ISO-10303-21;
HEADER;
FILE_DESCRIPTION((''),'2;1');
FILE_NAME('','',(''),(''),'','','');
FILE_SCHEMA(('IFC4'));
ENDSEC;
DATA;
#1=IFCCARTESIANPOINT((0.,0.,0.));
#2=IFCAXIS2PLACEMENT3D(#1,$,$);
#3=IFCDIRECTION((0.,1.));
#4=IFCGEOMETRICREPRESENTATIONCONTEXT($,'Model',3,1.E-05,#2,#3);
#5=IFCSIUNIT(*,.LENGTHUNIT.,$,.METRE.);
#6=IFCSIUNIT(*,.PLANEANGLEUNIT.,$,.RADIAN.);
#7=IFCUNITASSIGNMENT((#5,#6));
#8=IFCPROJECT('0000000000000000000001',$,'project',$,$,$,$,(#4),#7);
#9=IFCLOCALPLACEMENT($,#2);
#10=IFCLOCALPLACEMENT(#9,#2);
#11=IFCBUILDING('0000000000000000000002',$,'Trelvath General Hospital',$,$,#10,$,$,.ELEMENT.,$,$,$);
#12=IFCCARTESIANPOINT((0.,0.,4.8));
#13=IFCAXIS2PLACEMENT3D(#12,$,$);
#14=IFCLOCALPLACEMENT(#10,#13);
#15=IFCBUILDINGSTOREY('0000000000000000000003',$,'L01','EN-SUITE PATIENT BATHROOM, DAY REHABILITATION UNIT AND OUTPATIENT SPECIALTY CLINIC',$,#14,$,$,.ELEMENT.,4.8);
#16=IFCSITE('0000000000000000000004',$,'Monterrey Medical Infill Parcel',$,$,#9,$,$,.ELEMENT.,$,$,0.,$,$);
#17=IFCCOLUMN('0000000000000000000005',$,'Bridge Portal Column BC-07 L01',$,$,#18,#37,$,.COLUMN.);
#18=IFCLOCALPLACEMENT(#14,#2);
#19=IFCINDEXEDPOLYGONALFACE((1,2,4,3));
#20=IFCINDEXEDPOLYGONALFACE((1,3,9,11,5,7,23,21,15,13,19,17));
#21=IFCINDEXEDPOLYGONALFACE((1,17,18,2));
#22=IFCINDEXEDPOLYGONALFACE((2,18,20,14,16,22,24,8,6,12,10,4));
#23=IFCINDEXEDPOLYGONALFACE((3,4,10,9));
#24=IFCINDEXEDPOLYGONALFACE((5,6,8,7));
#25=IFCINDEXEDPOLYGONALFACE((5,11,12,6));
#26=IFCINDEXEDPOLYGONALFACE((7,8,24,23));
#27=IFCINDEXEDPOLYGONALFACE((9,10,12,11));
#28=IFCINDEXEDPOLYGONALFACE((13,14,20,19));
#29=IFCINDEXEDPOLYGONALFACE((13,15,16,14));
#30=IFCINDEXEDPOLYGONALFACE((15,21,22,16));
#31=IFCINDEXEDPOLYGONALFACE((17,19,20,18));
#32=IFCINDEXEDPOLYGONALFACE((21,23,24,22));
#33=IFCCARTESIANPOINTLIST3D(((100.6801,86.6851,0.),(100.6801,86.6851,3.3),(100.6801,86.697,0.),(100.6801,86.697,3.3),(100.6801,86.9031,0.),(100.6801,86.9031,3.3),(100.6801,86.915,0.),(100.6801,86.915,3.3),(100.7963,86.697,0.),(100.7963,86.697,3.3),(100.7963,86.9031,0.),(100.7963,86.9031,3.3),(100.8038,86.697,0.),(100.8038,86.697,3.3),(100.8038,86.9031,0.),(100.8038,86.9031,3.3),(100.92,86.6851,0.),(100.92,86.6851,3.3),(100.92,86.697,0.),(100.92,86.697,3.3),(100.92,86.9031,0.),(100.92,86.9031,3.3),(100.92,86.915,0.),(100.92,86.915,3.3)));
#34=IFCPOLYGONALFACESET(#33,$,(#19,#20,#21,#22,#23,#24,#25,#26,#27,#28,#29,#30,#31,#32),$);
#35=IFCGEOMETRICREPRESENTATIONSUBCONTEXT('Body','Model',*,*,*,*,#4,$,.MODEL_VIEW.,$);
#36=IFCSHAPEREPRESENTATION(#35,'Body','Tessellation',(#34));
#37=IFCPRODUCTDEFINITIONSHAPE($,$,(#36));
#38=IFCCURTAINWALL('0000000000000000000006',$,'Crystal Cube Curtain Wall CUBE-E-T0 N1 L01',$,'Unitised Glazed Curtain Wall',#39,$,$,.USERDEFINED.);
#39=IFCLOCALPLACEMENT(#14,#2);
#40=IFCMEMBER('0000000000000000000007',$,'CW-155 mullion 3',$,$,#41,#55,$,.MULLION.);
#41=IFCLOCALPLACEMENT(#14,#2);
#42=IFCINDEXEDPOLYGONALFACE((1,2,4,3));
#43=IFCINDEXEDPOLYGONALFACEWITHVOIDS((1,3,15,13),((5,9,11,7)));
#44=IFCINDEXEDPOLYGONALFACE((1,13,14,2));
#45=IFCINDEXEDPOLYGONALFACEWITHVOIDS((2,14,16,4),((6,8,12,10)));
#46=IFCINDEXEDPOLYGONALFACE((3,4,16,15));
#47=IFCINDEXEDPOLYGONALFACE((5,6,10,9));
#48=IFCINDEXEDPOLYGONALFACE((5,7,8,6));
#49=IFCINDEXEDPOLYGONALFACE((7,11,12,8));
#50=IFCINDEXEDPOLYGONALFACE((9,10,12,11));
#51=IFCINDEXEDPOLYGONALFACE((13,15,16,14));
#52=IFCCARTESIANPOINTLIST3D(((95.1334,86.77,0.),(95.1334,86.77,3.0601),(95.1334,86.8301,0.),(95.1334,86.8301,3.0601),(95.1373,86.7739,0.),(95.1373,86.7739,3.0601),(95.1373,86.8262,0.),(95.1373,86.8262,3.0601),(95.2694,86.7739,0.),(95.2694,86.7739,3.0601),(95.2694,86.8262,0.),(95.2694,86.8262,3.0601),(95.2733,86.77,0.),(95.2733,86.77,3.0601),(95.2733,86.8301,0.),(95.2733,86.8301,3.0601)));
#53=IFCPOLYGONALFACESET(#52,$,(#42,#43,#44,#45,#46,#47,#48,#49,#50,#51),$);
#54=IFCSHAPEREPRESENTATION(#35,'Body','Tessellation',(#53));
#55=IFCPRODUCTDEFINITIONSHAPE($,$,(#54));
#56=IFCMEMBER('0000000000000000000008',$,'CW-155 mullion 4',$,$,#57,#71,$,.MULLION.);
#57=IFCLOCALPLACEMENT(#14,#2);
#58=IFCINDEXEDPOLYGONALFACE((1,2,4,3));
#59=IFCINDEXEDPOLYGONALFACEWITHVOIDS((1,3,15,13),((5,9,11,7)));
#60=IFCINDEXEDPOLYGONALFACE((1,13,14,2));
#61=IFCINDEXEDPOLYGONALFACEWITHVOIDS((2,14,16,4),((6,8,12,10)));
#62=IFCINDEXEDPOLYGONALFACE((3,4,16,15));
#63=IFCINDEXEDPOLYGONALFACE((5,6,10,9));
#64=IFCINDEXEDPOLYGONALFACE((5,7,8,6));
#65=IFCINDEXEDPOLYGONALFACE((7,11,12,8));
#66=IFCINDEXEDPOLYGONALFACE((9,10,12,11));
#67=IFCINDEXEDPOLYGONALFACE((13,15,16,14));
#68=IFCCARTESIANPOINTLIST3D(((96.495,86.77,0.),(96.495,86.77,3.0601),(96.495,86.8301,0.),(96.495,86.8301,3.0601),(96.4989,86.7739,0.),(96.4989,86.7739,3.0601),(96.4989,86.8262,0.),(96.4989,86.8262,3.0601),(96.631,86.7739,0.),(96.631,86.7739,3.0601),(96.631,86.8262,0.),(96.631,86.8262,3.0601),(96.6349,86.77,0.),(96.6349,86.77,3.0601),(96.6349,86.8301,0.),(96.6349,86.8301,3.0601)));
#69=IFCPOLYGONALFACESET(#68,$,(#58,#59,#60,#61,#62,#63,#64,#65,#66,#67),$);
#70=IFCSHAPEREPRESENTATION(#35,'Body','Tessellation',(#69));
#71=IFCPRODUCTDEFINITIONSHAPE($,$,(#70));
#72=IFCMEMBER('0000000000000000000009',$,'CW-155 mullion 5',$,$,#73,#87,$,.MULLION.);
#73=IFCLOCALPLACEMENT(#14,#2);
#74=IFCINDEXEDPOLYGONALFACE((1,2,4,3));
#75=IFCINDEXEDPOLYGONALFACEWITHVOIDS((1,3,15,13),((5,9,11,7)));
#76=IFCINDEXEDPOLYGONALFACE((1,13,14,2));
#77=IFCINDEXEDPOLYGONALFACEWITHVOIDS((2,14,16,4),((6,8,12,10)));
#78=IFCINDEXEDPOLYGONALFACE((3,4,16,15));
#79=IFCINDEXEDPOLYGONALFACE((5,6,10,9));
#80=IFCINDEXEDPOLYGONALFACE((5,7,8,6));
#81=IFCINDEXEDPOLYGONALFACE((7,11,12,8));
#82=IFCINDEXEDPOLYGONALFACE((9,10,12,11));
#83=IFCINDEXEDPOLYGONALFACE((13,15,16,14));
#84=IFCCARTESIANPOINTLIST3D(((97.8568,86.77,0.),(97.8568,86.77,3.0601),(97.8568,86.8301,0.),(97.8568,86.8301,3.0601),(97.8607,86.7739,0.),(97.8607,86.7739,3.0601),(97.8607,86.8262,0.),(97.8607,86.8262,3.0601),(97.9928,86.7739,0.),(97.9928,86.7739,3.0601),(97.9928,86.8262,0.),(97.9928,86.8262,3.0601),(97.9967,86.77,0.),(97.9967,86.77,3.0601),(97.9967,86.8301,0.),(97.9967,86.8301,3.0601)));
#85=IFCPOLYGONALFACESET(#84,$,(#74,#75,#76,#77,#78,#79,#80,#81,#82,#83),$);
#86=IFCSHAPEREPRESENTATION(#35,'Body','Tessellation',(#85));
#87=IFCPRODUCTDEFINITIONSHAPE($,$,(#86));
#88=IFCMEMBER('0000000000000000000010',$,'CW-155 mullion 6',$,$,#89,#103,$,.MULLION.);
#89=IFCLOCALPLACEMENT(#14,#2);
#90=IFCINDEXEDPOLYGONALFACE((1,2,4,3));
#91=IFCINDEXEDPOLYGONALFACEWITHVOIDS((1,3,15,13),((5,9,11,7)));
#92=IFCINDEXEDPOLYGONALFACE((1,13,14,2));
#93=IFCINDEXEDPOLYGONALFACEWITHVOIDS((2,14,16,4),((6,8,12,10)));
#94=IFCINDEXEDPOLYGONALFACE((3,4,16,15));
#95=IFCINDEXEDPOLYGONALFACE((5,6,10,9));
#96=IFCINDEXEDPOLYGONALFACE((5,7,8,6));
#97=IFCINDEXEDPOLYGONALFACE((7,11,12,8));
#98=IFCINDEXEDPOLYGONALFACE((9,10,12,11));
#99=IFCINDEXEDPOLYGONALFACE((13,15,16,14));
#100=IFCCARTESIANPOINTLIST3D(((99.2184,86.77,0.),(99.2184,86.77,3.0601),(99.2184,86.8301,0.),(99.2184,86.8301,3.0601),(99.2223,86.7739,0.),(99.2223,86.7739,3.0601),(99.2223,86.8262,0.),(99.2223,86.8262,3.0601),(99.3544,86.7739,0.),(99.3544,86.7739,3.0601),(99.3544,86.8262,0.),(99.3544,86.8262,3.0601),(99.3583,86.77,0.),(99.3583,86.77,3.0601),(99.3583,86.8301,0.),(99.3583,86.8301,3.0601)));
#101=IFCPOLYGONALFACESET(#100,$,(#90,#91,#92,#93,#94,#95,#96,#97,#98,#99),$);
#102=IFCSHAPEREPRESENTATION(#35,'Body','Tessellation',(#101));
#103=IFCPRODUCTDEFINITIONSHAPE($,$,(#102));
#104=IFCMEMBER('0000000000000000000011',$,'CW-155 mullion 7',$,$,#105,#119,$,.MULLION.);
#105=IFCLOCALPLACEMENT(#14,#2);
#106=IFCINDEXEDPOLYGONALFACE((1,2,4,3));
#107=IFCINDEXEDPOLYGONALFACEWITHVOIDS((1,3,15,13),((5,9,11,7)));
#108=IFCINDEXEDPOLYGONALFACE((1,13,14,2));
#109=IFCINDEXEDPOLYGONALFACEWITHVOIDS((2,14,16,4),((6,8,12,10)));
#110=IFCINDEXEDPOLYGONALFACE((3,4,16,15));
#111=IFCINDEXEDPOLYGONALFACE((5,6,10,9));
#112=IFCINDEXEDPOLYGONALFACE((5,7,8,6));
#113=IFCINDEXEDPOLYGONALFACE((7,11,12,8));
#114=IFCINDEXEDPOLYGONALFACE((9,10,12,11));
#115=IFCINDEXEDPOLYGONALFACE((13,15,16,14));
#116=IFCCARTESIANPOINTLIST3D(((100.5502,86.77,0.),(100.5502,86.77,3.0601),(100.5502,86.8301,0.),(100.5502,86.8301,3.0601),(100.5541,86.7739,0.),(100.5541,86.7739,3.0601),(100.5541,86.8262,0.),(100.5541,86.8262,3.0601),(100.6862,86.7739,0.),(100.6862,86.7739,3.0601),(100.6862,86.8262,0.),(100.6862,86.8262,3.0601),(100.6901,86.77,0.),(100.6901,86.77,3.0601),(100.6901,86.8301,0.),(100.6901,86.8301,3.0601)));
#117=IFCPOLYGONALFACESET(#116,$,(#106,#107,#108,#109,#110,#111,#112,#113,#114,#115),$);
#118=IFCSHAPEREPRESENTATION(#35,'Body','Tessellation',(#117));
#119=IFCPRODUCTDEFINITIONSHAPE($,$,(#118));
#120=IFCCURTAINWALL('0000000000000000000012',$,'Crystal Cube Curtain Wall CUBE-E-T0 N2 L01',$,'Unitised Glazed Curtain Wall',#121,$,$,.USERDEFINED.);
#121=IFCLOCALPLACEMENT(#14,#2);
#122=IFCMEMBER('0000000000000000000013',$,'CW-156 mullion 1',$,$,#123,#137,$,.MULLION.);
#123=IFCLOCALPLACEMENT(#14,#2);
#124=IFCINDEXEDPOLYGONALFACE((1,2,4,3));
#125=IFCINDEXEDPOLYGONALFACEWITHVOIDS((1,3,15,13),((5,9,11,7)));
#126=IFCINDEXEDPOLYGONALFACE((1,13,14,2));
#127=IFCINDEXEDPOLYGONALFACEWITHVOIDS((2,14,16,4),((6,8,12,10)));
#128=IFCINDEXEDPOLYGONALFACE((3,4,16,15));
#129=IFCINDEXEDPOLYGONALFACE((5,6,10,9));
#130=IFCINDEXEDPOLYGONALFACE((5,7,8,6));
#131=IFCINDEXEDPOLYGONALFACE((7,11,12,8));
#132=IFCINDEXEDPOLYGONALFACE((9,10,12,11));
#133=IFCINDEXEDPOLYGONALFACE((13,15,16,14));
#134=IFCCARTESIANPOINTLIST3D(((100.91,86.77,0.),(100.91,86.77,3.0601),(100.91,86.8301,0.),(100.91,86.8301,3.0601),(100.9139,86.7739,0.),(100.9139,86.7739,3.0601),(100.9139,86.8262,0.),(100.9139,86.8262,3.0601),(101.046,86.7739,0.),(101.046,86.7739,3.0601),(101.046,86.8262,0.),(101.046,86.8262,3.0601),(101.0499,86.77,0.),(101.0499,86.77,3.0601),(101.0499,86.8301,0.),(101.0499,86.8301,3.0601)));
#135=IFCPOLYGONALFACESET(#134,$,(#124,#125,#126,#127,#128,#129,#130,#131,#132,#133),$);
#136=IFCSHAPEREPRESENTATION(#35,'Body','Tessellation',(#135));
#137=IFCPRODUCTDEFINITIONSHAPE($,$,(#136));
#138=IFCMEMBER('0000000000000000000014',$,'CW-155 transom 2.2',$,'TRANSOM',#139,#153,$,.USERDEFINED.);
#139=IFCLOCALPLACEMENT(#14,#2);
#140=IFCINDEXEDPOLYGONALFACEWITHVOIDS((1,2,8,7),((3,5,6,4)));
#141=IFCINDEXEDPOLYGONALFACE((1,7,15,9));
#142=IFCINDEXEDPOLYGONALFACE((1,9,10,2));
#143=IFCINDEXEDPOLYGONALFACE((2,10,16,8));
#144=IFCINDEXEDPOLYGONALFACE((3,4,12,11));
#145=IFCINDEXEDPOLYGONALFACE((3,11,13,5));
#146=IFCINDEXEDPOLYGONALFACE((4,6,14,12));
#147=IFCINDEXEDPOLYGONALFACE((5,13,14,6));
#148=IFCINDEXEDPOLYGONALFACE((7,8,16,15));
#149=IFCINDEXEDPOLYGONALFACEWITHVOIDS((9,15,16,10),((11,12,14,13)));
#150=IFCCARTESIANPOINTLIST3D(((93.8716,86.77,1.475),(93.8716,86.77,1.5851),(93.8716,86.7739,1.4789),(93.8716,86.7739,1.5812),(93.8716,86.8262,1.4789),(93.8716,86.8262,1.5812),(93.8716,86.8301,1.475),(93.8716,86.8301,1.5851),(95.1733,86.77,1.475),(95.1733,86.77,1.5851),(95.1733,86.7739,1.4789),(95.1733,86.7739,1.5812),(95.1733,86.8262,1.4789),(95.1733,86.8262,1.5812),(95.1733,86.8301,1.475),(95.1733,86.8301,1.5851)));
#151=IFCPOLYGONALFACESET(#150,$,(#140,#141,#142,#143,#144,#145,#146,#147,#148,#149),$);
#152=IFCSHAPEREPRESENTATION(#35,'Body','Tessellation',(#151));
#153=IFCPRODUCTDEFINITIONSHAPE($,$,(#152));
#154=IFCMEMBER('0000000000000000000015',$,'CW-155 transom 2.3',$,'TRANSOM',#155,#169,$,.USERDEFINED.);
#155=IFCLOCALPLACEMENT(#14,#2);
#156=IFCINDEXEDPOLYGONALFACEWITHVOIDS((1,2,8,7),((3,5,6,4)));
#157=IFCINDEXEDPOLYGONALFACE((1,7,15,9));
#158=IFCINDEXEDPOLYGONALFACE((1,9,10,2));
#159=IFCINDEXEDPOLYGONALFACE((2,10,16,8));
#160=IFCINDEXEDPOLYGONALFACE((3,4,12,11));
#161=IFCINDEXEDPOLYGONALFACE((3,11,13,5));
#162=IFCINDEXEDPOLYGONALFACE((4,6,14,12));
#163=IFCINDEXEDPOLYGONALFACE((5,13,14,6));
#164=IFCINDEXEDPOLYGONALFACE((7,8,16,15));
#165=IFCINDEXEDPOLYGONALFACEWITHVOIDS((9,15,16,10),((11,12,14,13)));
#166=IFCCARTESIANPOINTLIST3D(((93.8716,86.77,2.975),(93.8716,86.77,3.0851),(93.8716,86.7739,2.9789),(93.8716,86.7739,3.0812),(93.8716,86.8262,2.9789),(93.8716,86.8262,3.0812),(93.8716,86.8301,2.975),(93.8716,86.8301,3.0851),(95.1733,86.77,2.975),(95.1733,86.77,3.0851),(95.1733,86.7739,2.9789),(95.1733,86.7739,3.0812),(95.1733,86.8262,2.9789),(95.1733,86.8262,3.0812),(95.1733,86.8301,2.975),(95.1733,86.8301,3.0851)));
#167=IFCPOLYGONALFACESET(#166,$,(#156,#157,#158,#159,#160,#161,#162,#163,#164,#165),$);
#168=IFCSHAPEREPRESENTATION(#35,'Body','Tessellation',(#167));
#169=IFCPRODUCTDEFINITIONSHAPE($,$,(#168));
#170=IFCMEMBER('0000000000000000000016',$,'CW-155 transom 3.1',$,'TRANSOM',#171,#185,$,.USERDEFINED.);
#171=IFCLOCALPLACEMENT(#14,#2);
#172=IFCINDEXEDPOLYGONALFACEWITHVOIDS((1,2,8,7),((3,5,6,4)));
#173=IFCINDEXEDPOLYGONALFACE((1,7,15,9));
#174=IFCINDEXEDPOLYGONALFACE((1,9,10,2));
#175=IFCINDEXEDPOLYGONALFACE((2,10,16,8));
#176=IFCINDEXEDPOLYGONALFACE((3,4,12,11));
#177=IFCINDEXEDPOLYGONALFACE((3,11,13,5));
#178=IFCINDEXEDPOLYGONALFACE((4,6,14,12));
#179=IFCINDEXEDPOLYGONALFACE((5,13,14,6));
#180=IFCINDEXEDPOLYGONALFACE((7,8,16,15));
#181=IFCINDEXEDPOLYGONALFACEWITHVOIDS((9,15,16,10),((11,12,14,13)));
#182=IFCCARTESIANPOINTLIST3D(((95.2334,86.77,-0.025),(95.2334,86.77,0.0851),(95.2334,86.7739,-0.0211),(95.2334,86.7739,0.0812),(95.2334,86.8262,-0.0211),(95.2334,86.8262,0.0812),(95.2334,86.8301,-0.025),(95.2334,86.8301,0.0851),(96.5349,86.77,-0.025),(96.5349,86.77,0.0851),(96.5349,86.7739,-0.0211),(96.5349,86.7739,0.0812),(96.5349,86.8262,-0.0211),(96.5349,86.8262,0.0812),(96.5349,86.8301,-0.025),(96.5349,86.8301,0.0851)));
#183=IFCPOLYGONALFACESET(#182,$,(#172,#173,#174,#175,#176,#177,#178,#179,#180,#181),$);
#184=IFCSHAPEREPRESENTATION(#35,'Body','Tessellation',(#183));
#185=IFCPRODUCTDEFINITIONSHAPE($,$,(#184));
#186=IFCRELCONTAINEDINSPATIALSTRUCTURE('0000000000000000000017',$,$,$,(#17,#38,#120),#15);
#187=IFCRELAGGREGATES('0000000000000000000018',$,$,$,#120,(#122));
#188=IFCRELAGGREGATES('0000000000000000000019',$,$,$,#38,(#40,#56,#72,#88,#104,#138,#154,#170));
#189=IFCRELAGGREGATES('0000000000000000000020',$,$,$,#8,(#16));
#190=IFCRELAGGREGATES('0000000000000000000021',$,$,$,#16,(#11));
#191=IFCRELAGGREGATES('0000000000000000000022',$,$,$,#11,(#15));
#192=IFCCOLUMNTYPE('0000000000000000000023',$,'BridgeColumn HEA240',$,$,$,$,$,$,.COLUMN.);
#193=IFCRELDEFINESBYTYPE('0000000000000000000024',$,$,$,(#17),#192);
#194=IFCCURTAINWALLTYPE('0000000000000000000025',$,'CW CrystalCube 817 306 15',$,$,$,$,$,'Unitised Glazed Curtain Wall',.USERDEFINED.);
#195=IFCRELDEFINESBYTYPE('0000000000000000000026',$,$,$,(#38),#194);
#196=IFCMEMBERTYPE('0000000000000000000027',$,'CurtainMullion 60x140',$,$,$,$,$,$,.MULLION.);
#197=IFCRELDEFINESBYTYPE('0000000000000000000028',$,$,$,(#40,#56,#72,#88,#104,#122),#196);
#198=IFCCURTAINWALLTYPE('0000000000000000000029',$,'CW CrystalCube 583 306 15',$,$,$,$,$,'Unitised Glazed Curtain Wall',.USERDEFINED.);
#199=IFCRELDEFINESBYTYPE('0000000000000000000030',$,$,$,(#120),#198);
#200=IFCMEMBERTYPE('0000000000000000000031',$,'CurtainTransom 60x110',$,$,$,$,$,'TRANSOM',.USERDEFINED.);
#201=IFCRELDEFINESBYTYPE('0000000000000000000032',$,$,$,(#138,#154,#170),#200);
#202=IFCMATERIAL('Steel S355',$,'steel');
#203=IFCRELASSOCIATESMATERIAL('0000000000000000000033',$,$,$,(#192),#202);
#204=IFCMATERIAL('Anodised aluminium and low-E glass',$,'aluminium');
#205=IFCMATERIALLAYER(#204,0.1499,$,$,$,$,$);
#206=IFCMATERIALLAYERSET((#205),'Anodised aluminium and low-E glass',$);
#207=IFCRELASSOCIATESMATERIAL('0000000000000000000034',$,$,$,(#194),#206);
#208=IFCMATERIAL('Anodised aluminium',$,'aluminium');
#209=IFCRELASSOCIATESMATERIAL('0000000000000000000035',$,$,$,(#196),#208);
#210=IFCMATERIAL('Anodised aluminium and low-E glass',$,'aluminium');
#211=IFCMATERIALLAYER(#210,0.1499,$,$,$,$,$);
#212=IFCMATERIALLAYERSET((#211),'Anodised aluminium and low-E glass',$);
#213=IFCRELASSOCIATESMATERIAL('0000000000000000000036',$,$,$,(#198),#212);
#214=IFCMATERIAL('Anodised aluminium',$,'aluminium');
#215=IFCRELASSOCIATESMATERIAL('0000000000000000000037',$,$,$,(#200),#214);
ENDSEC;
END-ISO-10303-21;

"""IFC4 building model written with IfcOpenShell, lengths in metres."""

from ifc_helpers import new_model, si_unit, direction, frame, origin, origin_2d, place, context, subcontext, project, spatial, hollow_rectangle, i_section, extrude, material, layer, layer_set, material_profile, profile_set, type_object, element, aggregate, save


model = new_model("IFC4")

# Units and contexts
model_context = context("Model", 3, precision=1e-05, world=origin(), true_north=direction((0.0, 1.0)))
body_context = subcontext(model_context, "Body", "Model", "MODEL_VIEW")
ifc_project = project(units=[si_unit("LENGTHUNIT", "METRE"), si_unit("PLANEANGLEUNIT", "RADIAN")], contexts=[model_context])

# Site, building, storey
site_placement = place(None, origin())
site = spatial("IfcSite", under=ifc_project, at=site_placement, Name="Monterrey Medical Infill Parcel", CompositionType="ELEMENT", RefElevation=0.0)
building_placement = place(site_placement, origin())
building = spatial("IfcBuilding", under=site, at=building_placement, Name="Trelvath General Hospital", CompositionType="ELEMENT")
storey_placement = place(building_placement, frame((0.0, 0.0, 4.8)))
storey = spatial("IfcBuildingStorey", under=building, at=storey_placement, Name="L01", Description="EN-SUITE PATIENT BATHROOM, DAY REHABILITATION UNIT AND OUTPATIENT SPECIALTY CLINIC", CompositionType="ELEMENT", Elevation=4.8)

# Column
ifc_material_1 = material(Name="Steel S355", Category="steel")
ifc_material_profile_1 = material_profile(ifc_material_1, i_section(OverallWidth=0.24, OverallDepth=0.23, WebThickness=0.0076, FlangeThickness=0.012, at=origin_2d()), Name="HEA240")
ifc_profile_set_1 = profile_set([ifc_material_profile_1], Name="Steel S355")
column_type = type_object("IfcColumnType", Name="BridgeColumn HEA240", PredefinedType="COLUMN", material=ifc_profile_set_1)
column_placement = place(storey_placement, frame((100.8, 86.8, 0.0), z_axis=(0.0, 0.0, 1.0), x_axis=(1.0, 0.0, 0.0)))
element("IfcColumn", 1, at=column_placement, inside=storey, type_object=column_type, Name="Bridge Portal Column BC-07 L01", PredefinedType="COLUMN", context=body_context, shape_type="SweptSolid", body=[
    extrude(i_section(OverallWidth=0.24, OverallDepth=0.23, WebThickness=0.0076, FlangeThickness=0.012, at=origin_2d()), origin(), (0.0, 0.0, 1.0), 3.3),
])

# Curtain wall, members
ifc_material_2 = material(Name="Anodised aluminium and low-E glass", Category="aluminium")
ifc_layer_1 = layer(ifc_material_2, 0.1499)
ifc_layer_set_1 = layer_set([ifc_layer_1], Name="Anodised aluminium and low-E glass")
curtain_wall_type_1 = type_object("IfcCurtainWallType", Name="CW CrystalCube 817 306 15", ElementType="Unitised Glazed Curtain Wall", PredefinedType="USERDEFINED", material=ifc_layer_set_1)
curtain_wall_1_placement = place(storey_placement, origin())
curtain_wall_1 = element("IfcCurtainWall", 2, at=curtain_wall_1_placement, inside=storey, type_object=curtain_wall_type_1, Name="Crystal Cube Curtain Wall CUBE-E-T0 N1 L01", ObjectType="Unitised Glazed Curtain Wall", PredefinedType="USERDEFINED")
ifc_material_3 = material(Name="Anodised aluminium", Category="aluminium")
ifc_material_profile_2 = material_profile(ifc_material_3, hollow_rectangle(XDim=0.0601, YDim=0.1399, WallThickness=0.0039, at=origin_2d()), Name="RHS60x140x4")
ifc_profile_set_2 = profile_set([ifc_material_profile_2], Name="Anodised aluminium")
member_type_1 = type_object("IfcMemberType", Name="CurtainMullion 60x140", PredefinedType="MULLION", material=ifc_profile_set_2)
member_1_placement = place(storey_placement, frame((95.2034, 86.8, 0.0), z_axis=(0.0, 0.0, 1.0), x_axis=(0.0, 1.0, 0.0)))
member_1 = element("IfcMember", 3, at=member_1_placement, type_object=member_type_1, Name="CW-155 mullion 3", PredefinedType="MULLION", context=body_context, shape_type="SweptSolid", body=[
    extrude(hollow_rectangle(XDim=0.0601, YDim=0.1399, WallThickness=0.0039, at=origin_2d()), origin(), (0.0, 0.0, 1.0), 3.0601),
])
member_2_placement = place(storey_placement, frame((96.5649, 86.8, 0.0), z_axis=(0.0, 0.0, 1.0), x_axis=(0.0, 1.0, 0.0)))
member_2 = element("IfcMember", 4, at=member_2_placement, type_object=member_type_1, Name="CW-155 mullion 4", PredefinedType="MULLION", context=body_context, shape_type="SweptSolid", body=[
    extrude(hollow_rectangle(XDim=0.0601, YDim=0.1399, WallThickness=0.0039, at=origin_2d()), origin(), (0.0, 0.0, 1.0), 3.0601),
])
member_3_placement = place(storey_placement, frame((97.9268, 86.8, 0.0), z_axis=(0.0, 0.0, 1.0), x_axis=(0.0, 1.0, 0.0)))
member_3 = element("IfcMember", 5, at=member_3_placement, type_object=member_type_1, Name="CW-155 mullion 5", PredefinedType="MULLION", context=body_context, shape_type="SweptSolid", body=[
    extrude(hollow_rectangle(XDim=0.0601, YDim=0.1399, WallThickness=0.0039, at=origin_2d()), origin(), (0.0, 0.0, 1.0), 3.0601),
])
member_4_placement = place(storey_placement, frame((99.2883, 86.8, 0.0), z_axis=(0.0, 0.0, 1.0), x_axis=(0.0, 1.0, 0.0)))
member_4 = element("IfcMember", 6, at=member_4_placement, type_object=member_type_1, Name="CW-155 mullion 6", PredefinedType="MULLION", context=body_context, shape_type="SweptSolid", body=[
    extrude(hollow_rectangle(XDim=0.0601, YDim=0.1399, WallThickness=0.0039, at=origin_2d()), origin(), (0.0, 0.0, 1.0), 3.0601),
])
member_5_placement = place(storey_placement, frame((100.6201, 86.8, 0.0), z_axis=(0.0, 0.0, 1.0), x_axis=(0.0, 1.0, 0.0)))
member_5 = element("IfcMember", 7, at=member_5_placement, type_object=member_type_1, Name="CW-155 mullion 7", PredefinedType="MULLION", context=body_context, shape_type="SweptSolid", body=[
    extrude(hollow_rectangle(XDim=0.0601, YDim=0.1399, WallThickness=0.0039, at=origin_2d()), origin(), (0.0, 0.0, 1.0), 3.0601),
])

# Curtain wall, member
ifc_material_4 = material(Name="Anodised aluminium and low-E glass", Category="aluminium")
ifc_layer_2 = layer(ifc_material_4, 0.1499)
ifc_layer_set_2 = layer_set([ifc_layer_2], Name="Anodised aluminium and low-E glass")
curtain_wall_type_2 = type_object("IfcCurtainWallType", Name="CW CrystalCube 583 306 15", ElementType="Unitised Glazed Curtain Wall", PredefinedType="USERDEFINED", material=ifc_layer_set_2)
curtain_wall_2_placement = place(storey_placement, origin())
curtain_wall_2 = element("IfcCurtainWall", 8, at=curtain_wall_2_placement, inside=storey, type_object=curtain_wall_type_2, Name="Crystal Cube Curtain Wall CUBE-E-T0 N2 L01", ObjectType="Unitised Glazed Curtain Wall", PredefinedType="USERDEFINED")
member_6_placement = place(storey_placement, frame((100.98, 86.8, 0.0), z_axis=(0.0, 0.0, 1.0), x_axis=(0.0, 1.0, 0.0)))
member_6 = element("IfcMember", 9, at=member_6_placement, type_object=member_type_1, Name="CW-156 mullion 1", PredefinedType="MULLION", context=body_context, shape_type="SweptSolid", body=[
    extrude(hollow_rectangle(XDim=0.0601, YDim=0.1399, WallThickness=0.0039, at=origin_2d()), origin(), (0.0, 0.0, 1.0), 3.0601),
])

# Members
ifc_material_5 = material(Name="Anodised aluminium", Category="aluminium")
ifc_material_profile_3 = material_profile(ifc_material_5, hollow_rectangle(XDim=0.0601, YDim=0.1101, WallThickness=0.0039, at=origin_2d()), Name="RHS60x110x4")
ifc_profile_set_3 = profile_set([ifc_material_profile_3], Name="Anodised aluminium")
member_type_2 = type_object("IfcMemberType", Name="CurtainTransom 60x110", ElementType="TRANSOM", PredefinedType="USERDEFINED", material=ifc_profile_set_3)
member_7_placement = place(storey_placement, frame((93.8716, 86.8, 1.53), z_axis=(1.0, 0.0, 0.0), x_axis=(0.0, 1.0, 0.0)))
member_7 = element("IfcMember", 10, at=member_7_placement, type_object=member_type_2, Name="CW-155 transom 2.2", ObjectType="TRANSOM", PredefinedType="USERDEFINED", context=body_context, shape_type="SweptSolid", body=[
    extrude(hollow_rectangle(XDim=0.0601, YDim=0.1101, WallThickness=0.0039, at=origin_2d()), origin(), (0.0, 0.0, 1.0), 1.3018),
])
member_8_placement = place(storey_placement, frame((93.8716, 86.8, 3.03), z_axis=(1.0, 0.0, 0.0), x_axis=(0.0, 1.0, 0.0)))
member_8 = element("IfcMember", 11, at=member_8_placement, type_object=member_type_2, Name="CW-155 transom 2.3", ObjectType="TRANSOM", PredefinedType="USERDEFINED", context=body_context, shape_type="SweptSolid", body=[
    extrude(hollow_rectangle(XDim=0.0601, YDim=0.1101, WallThickness=0.0039, at=origin_2d()), origin(), (0.0, 0.0, 1.0), 1.3018),
])
member_9_placement = place(storey_placement, frame((95.2334, 86.8, 0.03), z_axis=(1.0, 0.0, 0.0), x_axis=(0.0, 1.0, 0.0)))
member_9 = element("IfcMember", 12, at=member_9_placement, type_object=member_type_2, Name="CW-155 transom 3.1", ObjectType="TRANSOM", PredefinedType="USERDEFINED", context=body_context, shape_type="SweptSolid", body=[
    extrude(hollow_rectangle(XDim=0.0601, YDim=0.1101, WallThickness=0.0039, at=origin_2d()), origin(), (0.0, 0.0, 1.0), 1.3015),
])
aggregate(curtain_wall_2, [member_6])

aggregate(curtain_wall_1, [member_1, member_2, member_3, member_4, member_5, member_7, member_8, member_9])

save(model, "model.ifc")
